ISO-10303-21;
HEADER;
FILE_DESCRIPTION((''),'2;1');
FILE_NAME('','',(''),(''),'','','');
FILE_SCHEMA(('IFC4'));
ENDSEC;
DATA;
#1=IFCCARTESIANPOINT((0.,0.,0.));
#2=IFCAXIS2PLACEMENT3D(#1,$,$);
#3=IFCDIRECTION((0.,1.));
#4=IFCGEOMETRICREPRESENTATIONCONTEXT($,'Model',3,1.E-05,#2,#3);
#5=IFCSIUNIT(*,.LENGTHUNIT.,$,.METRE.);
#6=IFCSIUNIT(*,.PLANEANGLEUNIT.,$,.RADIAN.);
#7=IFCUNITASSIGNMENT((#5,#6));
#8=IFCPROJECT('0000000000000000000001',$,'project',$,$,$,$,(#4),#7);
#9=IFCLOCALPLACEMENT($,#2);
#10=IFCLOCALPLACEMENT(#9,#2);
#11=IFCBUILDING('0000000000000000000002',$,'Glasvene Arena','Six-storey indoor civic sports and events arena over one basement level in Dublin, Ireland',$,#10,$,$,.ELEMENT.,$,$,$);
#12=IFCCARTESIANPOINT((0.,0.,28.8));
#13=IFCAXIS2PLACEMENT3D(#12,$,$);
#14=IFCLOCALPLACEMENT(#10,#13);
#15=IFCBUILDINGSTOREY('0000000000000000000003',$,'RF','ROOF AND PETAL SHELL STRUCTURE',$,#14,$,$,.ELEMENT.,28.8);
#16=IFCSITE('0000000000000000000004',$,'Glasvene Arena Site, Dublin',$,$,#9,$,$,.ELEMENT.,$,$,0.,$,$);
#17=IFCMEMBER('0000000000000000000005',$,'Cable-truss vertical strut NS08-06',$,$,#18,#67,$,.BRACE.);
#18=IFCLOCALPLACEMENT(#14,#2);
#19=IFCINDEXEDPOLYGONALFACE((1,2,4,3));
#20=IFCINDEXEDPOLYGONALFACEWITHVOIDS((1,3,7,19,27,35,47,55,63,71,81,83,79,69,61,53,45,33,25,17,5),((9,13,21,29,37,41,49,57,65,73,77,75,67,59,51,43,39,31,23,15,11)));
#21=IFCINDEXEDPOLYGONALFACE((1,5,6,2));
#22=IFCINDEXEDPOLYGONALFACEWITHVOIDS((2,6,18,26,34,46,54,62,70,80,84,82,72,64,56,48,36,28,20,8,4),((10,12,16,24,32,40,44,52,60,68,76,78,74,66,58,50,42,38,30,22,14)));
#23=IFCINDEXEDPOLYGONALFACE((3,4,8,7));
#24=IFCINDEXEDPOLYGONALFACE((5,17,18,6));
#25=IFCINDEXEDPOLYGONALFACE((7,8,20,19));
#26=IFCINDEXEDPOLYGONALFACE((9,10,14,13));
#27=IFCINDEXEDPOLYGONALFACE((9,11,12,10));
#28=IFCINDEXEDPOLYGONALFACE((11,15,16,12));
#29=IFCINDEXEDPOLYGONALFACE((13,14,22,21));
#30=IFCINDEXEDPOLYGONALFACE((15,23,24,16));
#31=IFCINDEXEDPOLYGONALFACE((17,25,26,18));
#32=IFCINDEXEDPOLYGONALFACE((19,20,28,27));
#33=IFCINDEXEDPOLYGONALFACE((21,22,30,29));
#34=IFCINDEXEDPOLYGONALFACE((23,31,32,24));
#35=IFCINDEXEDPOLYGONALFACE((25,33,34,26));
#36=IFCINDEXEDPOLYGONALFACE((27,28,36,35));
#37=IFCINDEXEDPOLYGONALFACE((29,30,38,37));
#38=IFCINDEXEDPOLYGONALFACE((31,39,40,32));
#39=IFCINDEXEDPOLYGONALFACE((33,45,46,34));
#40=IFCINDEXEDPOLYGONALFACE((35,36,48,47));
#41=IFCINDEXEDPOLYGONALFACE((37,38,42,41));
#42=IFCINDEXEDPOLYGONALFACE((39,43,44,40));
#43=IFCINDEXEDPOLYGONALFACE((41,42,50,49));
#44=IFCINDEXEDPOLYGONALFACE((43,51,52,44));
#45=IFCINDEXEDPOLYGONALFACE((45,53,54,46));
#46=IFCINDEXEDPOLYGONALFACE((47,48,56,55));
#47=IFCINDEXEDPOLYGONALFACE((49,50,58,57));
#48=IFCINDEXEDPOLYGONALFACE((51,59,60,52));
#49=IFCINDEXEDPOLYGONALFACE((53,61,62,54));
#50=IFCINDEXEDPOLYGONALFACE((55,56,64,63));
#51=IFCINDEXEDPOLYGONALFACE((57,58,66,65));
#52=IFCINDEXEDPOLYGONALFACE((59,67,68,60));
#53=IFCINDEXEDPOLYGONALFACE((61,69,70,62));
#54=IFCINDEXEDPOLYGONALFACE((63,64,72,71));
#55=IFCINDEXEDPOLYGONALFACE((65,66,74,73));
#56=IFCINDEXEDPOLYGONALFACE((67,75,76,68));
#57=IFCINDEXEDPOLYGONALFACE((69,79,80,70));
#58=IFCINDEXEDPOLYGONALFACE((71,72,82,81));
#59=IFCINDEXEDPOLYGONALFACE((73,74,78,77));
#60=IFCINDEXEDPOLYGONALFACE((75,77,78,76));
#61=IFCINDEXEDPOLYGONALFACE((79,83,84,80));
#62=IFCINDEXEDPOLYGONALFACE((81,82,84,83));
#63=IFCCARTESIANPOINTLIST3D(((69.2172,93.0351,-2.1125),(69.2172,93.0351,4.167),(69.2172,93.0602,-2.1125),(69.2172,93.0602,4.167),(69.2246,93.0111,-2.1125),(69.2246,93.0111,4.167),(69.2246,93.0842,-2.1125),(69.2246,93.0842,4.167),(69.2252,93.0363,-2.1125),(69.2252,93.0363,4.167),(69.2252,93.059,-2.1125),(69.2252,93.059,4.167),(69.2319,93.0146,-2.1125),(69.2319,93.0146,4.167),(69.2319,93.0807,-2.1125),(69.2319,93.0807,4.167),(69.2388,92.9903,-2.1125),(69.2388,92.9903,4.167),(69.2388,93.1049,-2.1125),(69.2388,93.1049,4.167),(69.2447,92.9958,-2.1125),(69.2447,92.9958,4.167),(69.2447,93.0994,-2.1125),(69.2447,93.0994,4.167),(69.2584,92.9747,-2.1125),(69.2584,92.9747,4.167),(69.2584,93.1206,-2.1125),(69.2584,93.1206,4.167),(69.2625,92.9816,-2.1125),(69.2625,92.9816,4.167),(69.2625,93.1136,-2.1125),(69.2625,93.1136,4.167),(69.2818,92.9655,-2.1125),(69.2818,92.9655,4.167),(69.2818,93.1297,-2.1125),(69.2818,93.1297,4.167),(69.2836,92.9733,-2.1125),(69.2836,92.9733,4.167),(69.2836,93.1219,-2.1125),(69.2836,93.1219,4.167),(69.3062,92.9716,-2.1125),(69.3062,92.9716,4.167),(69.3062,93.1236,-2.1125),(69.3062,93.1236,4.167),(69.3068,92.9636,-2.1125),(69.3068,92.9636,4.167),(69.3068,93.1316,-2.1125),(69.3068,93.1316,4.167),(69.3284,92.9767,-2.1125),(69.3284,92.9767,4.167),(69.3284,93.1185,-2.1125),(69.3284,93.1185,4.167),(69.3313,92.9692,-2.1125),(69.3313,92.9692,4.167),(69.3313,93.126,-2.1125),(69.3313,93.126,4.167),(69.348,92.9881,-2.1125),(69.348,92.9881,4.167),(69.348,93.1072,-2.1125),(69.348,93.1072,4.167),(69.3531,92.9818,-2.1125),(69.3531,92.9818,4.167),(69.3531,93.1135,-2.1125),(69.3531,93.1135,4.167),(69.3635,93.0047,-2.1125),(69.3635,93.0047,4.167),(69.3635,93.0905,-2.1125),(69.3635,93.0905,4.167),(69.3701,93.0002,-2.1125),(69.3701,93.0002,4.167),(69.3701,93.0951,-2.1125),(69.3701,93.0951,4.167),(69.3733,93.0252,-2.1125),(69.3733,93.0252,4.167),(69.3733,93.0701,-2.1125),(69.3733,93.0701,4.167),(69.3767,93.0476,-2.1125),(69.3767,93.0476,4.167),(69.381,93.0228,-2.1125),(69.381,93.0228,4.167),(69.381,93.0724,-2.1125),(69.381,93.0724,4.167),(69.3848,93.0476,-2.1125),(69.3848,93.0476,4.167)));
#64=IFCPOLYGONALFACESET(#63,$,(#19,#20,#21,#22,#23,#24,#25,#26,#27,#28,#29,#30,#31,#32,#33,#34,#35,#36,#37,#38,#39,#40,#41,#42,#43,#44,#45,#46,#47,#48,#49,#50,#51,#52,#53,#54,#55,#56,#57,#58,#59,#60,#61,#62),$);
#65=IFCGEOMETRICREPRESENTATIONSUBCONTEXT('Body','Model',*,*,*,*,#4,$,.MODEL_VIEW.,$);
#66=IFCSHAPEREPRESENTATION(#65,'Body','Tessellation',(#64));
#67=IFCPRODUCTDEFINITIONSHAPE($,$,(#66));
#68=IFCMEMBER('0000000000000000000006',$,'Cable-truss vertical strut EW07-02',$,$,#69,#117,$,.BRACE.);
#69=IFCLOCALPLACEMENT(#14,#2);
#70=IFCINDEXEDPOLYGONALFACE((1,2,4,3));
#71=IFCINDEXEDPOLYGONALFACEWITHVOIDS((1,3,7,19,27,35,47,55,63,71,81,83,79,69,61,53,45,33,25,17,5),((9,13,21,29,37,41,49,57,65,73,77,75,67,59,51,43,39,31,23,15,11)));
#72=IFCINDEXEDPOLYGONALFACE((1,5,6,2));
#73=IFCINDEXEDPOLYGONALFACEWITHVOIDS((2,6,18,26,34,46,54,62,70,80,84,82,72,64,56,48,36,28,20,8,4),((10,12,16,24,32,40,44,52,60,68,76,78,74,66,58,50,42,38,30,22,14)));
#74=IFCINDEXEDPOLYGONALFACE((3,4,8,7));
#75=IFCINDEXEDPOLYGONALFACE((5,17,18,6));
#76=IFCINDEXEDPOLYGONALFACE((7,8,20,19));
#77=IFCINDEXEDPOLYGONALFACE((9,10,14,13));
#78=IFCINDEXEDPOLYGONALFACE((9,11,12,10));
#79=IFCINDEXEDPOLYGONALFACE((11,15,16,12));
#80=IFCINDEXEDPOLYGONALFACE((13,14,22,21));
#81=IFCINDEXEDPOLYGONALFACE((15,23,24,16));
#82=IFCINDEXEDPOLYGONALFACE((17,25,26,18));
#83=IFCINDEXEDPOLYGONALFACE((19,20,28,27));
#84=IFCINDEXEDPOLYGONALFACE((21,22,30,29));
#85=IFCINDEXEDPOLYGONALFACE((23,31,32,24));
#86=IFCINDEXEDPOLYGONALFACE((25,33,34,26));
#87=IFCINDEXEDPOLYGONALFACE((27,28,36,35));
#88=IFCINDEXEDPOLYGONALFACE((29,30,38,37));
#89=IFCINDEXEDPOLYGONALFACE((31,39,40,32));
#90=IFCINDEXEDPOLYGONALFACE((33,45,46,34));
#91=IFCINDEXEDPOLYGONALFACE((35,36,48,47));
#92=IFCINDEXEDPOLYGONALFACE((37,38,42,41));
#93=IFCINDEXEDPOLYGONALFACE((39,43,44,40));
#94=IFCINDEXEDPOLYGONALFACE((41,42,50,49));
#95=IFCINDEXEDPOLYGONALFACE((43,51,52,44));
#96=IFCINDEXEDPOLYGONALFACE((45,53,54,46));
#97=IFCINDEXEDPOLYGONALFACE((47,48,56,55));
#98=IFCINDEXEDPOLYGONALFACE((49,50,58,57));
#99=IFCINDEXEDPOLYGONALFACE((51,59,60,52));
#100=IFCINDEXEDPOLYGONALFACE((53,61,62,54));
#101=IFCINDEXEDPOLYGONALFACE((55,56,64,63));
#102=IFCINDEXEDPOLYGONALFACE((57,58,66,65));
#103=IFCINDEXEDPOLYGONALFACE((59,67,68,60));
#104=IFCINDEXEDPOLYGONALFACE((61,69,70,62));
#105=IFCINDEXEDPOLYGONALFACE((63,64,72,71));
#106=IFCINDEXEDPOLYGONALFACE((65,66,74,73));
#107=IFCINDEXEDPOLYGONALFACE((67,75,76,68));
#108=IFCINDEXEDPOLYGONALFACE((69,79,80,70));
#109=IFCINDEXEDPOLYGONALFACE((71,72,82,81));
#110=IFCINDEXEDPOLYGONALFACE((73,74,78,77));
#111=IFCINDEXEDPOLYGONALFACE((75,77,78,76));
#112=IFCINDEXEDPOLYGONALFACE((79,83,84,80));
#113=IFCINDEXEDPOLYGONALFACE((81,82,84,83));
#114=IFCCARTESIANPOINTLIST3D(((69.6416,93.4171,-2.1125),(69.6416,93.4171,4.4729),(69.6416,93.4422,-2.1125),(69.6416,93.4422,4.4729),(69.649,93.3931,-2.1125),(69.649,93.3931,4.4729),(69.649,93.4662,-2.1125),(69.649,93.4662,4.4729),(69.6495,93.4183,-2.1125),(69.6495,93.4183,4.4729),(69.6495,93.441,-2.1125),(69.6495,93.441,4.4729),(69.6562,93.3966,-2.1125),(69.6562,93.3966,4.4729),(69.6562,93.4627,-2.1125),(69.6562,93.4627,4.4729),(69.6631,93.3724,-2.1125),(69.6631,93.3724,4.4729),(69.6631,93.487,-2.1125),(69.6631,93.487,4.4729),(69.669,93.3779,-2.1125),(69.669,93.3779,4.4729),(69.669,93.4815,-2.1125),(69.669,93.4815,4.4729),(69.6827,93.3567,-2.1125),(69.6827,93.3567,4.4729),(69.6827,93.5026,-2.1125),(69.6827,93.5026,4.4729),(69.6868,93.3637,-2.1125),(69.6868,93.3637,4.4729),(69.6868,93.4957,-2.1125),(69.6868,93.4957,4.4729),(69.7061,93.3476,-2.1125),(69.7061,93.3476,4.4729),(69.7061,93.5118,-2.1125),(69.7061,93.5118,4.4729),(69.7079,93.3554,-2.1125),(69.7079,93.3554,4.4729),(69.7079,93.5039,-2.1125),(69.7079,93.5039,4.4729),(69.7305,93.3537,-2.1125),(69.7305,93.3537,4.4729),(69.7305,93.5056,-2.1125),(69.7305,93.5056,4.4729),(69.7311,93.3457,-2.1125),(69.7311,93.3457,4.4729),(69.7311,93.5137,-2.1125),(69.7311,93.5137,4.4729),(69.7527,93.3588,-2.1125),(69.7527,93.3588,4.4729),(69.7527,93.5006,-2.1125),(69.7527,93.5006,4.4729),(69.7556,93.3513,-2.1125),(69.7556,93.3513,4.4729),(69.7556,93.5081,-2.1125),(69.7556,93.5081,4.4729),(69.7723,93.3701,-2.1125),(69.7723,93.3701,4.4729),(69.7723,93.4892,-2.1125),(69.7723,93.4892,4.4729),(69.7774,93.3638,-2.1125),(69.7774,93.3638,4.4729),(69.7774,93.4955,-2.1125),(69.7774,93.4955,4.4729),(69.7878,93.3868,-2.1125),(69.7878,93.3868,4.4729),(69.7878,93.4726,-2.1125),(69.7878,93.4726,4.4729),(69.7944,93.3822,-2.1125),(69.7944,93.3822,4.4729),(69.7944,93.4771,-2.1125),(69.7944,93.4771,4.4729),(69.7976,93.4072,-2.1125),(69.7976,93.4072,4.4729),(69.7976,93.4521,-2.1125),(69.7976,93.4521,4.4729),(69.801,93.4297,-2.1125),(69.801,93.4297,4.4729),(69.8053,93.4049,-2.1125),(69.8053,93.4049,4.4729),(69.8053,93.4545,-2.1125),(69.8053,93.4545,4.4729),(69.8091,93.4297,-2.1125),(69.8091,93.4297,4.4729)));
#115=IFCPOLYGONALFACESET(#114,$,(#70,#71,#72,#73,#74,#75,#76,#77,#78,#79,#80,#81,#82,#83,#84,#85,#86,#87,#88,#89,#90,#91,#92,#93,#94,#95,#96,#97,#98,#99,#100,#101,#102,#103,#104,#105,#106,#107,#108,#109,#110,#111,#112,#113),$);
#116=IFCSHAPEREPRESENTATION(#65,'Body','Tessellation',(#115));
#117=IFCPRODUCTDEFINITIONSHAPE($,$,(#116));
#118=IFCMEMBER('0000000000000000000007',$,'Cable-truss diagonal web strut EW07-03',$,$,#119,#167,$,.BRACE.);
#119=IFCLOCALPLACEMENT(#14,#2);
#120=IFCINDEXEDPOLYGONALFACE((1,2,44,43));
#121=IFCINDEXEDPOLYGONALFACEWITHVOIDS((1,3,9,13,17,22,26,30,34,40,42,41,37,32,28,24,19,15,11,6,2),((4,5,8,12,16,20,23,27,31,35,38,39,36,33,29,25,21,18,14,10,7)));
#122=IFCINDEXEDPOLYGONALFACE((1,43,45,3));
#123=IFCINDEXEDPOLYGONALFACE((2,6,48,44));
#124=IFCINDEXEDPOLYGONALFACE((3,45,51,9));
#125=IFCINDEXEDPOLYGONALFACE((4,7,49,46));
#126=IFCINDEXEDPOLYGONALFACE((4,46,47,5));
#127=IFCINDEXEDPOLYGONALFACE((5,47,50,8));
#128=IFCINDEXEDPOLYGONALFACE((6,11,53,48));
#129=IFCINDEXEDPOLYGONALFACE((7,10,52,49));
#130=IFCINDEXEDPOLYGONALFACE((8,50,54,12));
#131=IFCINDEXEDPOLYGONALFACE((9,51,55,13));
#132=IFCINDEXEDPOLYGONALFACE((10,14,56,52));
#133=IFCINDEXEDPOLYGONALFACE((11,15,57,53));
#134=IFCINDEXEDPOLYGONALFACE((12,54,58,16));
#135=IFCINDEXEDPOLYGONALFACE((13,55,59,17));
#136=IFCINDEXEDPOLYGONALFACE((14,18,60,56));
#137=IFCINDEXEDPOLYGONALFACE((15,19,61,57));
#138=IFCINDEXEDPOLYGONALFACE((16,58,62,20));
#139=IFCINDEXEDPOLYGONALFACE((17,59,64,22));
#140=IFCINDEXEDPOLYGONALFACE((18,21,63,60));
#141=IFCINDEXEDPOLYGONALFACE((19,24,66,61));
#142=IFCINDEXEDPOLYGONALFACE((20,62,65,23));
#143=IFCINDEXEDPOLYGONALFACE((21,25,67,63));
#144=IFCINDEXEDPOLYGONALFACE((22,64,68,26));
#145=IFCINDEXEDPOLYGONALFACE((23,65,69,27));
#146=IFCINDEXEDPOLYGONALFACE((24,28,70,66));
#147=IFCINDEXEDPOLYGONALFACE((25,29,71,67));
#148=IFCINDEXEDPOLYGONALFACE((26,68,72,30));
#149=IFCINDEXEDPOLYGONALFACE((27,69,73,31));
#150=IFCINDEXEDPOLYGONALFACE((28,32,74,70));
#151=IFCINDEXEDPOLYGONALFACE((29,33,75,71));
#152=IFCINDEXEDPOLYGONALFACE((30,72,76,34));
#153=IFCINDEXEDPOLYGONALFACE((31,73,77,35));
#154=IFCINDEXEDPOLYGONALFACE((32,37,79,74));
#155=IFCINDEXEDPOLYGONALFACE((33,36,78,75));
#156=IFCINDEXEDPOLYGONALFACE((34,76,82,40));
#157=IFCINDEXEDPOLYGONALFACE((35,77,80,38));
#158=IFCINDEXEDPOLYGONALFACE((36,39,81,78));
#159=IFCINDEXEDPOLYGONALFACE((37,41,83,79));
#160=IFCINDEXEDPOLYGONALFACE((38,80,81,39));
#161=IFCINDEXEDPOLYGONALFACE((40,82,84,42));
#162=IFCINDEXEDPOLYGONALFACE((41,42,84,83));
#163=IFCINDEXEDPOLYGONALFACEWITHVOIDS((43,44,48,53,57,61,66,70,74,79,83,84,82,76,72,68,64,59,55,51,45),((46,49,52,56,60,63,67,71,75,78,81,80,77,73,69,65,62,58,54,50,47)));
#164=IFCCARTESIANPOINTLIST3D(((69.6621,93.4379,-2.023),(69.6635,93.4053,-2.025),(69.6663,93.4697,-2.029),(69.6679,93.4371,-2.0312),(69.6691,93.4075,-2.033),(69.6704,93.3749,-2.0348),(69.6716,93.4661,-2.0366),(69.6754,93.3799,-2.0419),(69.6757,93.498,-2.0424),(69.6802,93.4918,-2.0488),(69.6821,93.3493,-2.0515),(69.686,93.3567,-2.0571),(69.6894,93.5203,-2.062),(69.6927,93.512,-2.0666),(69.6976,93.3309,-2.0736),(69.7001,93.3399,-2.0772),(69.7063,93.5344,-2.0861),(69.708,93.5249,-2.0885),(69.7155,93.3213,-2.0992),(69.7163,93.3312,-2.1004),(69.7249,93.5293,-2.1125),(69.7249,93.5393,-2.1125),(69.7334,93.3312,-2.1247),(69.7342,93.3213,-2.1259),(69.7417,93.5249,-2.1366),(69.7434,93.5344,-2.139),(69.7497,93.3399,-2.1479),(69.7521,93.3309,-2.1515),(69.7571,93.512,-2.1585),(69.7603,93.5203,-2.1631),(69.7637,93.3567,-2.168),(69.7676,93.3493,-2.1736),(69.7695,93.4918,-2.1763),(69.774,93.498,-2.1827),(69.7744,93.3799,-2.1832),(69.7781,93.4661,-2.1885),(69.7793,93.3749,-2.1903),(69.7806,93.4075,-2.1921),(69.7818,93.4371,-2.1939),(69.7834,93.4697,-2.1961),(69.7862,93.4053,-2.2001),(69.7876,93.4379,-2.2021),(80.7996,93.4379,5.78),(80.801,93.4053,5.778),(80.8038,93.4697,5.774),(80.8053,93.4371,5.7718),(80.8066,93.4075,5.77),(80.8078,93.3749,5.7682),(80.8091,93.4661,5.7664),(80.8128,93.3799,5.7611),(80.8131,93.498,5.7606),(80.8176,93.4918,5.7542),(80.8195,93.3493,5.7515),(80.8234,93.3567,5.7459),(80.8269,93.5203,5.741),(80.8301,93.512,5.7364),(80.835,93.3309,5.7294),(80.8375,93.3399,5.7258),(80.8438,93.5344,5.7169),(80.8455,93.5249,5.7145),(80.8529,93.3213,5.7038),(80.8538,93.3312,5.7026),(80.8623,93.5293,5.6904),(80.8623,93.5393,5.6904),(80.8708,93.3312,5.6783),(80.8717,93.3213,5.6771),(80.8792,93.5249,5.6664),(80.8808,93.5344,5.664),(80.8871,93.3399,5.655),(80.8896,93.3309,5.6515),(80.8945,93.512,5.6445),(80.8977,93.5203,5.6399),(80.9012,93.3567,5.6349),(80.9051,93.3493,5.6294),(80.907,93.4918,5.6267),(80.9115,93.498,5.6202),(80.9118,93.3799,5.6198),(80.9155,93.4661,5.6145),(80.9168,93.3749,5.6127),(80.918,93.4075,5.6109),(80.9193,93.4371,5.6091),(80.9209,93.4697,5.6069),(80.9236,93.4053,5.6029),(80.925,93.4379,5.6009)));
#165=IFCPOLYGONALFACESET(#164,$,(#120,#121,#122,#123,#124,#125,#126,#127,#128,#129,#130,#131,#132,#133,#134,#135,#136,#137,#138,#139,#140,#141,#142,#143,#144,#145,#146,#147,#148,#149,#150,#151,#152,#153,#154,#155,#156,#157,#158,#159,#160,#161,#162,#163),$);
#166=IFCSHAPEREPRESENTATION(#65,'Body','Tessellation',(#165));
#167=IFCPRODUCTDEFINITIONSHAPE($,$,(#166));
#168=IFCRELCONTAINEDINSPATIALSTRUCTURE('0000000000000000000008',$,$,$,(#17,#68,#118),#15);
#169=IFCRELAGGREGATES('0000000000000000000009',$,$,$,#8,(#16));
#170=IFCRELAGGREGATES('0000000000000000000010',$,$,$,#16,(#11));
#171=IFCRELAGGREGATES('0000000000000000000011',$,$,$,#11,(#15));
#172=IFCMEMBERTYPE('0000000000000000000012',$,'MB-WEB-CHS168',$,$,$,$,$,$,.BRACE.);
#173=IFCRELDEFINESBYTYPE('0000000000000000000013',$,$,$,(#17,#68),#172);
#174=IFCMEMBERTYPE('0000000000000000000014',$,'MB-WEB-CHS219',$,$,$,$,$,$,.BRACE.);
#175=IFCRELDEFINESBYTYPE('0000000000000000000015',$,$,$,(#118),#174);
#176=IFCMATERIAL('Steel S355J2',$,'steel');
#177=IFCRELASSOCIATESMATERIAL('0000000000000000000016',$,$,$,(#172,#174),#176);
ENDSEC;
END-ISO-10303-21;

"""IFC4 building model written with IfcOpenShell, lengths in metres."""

from ifc_helpers import new_model, si_unit, direction, frame, origin, origin_2d, place, context, subcontext, project, spatial, hollow_circle, extrude, material, material_profile, profile_set, type_object, element, save


model = new_model("IFC4")

# Units and contexts
model_context = context("Model", 3, precision=1e-05, world=origin(), true_north=direction((0.0, 1.0)))
body_context = subcontext(model_context, "Body", "Model", "MODEL_VIEW")
ifc_project = project(units=[si_unit("LENGTHUNIT", "METRE"), si_unit("PLANEANGLEUNIT", "RADIAN")], contexts=[model_context])

# Site, building, storey
site_placement = place(None, origin())
site = spatial("IfcSite", under=ifc_project, at=site_placement, Name="Glasvene Arena Site, Dublin", CompositionType="ELEMENT", RefElevation=0.0)
building_placement = place(site_placement, origin())
building = spatial("IfcBuilding", under=site, at=building_placement, Name="Glasvene Arena", Description="Six-storey indoor civic sports and events arena over one basement level in Dublin, Ireland", CompositionType="ELEMENT")
storey_placement = place(building_placement, frame((0.0, 0.0, 28.8)))
storey = spatial("IfcBuildingStorey", under=building, at=storey_placement, Name="RF", Description="ROOF AND PETAL SHELL STRUCTURE", CompositionType="ELEMENT", Elevation=28.8)

# Members
ifc_material_1 = material(Name="Steel S355J2", Category="steel")
ifc_material_profile_1 = material_profile(ifc_material_1, hollow_circle(Radius=0.0842, WallThickness=0.0081, at=origin_2d()), Name="CHS 168.3x8.0")
ifc_profile_set_1 = profile_set([ifc_material_profile_1], Name="Steel S355J2")
member_type_1 = type_object("IfcMemberType", Name="MB-WEB-CHS168", PredefinedType="BRACE", material=ifc_profile_set_1)
for number, where, z_axis, x_axis, name in (
    (1, (69.3005, 93.0476, -2.1125), (0.0, 0.0, 1.0), (1.0, 0.0, 0.0), "Cable-truss vertical strut NS08-06"),
):
    element("IfcMember", number, at=place(storey_placement, frame(where, z_axis=z_axis, x_axis=x_axis)), inside=storey, type_object=member_type_1, Name=name, PredefinedType="BRACE", context=body_context, shape_type="SweptSolid", body=[
        extrude(hollow_circle(Radius=0.0842, WallThickness=0.0081, at=origin_2d()), origin(), (0.0, 0.0, 1.0), 6.2795),
    ])
member_1_placement = place(storey_placement, frame((69.7249, 93.4297, -2.1125), z_axis=(0.0, 0.0, 1.0), x_axis=(1.0, 0.0, 0.0)))
element("IfcMember", 2, at=member_1_placement, inside=storey, type_object=member_type_1, Name="Cable-truss vertical strut EW07-02", PredefinedType="BRACE", context=body_context, shape_type="SweptSolid", body=[
    extrude(hollow_circle(Radius=0.0842, WallThickness=0.0081, at=origin_2d()), origin(), (0.0, 0.0, 1.0), 6.5854),
])
ifc_material_profile_2 = material_profile(ifc_material_1, hollow_circle(Radius=0.1096, WallThickness=0.01, at=origin_2d()), Name="CHS 219.1x10.0")
ifc_profile_set_2 = profile_set([ifc_material_profile_2], Name="Steel S355J2")
member_type_2 = type_object("IfcMemberType", Name="MB-WEB-CHS219", PredefinedType="BRACE", material=ifc_profile_set_2)
member_2_placement = place(storey_placement, frame((69.7249, 93.4297, -2.1125), z_axis=(0.818998, 0.0, 0.573796), x_axis=(0.0, 1.0, 0.0)))
element("IfcMember", 3, at=member_2_placement, inside=storey, type_object=member_type_2, Name="Cable-truss diagonal web strut EW07-03", PredefinedType="BRACE", context=body_context, shape_type="SweptSolid", body=[
    extrude(hollow_circle(Radius=0.1096, WallThickness=0.01, at=origin_2d()), origin(), (0.0, 0.0, 1.0), 13.5989),
])

save(model, "model.ifc")
